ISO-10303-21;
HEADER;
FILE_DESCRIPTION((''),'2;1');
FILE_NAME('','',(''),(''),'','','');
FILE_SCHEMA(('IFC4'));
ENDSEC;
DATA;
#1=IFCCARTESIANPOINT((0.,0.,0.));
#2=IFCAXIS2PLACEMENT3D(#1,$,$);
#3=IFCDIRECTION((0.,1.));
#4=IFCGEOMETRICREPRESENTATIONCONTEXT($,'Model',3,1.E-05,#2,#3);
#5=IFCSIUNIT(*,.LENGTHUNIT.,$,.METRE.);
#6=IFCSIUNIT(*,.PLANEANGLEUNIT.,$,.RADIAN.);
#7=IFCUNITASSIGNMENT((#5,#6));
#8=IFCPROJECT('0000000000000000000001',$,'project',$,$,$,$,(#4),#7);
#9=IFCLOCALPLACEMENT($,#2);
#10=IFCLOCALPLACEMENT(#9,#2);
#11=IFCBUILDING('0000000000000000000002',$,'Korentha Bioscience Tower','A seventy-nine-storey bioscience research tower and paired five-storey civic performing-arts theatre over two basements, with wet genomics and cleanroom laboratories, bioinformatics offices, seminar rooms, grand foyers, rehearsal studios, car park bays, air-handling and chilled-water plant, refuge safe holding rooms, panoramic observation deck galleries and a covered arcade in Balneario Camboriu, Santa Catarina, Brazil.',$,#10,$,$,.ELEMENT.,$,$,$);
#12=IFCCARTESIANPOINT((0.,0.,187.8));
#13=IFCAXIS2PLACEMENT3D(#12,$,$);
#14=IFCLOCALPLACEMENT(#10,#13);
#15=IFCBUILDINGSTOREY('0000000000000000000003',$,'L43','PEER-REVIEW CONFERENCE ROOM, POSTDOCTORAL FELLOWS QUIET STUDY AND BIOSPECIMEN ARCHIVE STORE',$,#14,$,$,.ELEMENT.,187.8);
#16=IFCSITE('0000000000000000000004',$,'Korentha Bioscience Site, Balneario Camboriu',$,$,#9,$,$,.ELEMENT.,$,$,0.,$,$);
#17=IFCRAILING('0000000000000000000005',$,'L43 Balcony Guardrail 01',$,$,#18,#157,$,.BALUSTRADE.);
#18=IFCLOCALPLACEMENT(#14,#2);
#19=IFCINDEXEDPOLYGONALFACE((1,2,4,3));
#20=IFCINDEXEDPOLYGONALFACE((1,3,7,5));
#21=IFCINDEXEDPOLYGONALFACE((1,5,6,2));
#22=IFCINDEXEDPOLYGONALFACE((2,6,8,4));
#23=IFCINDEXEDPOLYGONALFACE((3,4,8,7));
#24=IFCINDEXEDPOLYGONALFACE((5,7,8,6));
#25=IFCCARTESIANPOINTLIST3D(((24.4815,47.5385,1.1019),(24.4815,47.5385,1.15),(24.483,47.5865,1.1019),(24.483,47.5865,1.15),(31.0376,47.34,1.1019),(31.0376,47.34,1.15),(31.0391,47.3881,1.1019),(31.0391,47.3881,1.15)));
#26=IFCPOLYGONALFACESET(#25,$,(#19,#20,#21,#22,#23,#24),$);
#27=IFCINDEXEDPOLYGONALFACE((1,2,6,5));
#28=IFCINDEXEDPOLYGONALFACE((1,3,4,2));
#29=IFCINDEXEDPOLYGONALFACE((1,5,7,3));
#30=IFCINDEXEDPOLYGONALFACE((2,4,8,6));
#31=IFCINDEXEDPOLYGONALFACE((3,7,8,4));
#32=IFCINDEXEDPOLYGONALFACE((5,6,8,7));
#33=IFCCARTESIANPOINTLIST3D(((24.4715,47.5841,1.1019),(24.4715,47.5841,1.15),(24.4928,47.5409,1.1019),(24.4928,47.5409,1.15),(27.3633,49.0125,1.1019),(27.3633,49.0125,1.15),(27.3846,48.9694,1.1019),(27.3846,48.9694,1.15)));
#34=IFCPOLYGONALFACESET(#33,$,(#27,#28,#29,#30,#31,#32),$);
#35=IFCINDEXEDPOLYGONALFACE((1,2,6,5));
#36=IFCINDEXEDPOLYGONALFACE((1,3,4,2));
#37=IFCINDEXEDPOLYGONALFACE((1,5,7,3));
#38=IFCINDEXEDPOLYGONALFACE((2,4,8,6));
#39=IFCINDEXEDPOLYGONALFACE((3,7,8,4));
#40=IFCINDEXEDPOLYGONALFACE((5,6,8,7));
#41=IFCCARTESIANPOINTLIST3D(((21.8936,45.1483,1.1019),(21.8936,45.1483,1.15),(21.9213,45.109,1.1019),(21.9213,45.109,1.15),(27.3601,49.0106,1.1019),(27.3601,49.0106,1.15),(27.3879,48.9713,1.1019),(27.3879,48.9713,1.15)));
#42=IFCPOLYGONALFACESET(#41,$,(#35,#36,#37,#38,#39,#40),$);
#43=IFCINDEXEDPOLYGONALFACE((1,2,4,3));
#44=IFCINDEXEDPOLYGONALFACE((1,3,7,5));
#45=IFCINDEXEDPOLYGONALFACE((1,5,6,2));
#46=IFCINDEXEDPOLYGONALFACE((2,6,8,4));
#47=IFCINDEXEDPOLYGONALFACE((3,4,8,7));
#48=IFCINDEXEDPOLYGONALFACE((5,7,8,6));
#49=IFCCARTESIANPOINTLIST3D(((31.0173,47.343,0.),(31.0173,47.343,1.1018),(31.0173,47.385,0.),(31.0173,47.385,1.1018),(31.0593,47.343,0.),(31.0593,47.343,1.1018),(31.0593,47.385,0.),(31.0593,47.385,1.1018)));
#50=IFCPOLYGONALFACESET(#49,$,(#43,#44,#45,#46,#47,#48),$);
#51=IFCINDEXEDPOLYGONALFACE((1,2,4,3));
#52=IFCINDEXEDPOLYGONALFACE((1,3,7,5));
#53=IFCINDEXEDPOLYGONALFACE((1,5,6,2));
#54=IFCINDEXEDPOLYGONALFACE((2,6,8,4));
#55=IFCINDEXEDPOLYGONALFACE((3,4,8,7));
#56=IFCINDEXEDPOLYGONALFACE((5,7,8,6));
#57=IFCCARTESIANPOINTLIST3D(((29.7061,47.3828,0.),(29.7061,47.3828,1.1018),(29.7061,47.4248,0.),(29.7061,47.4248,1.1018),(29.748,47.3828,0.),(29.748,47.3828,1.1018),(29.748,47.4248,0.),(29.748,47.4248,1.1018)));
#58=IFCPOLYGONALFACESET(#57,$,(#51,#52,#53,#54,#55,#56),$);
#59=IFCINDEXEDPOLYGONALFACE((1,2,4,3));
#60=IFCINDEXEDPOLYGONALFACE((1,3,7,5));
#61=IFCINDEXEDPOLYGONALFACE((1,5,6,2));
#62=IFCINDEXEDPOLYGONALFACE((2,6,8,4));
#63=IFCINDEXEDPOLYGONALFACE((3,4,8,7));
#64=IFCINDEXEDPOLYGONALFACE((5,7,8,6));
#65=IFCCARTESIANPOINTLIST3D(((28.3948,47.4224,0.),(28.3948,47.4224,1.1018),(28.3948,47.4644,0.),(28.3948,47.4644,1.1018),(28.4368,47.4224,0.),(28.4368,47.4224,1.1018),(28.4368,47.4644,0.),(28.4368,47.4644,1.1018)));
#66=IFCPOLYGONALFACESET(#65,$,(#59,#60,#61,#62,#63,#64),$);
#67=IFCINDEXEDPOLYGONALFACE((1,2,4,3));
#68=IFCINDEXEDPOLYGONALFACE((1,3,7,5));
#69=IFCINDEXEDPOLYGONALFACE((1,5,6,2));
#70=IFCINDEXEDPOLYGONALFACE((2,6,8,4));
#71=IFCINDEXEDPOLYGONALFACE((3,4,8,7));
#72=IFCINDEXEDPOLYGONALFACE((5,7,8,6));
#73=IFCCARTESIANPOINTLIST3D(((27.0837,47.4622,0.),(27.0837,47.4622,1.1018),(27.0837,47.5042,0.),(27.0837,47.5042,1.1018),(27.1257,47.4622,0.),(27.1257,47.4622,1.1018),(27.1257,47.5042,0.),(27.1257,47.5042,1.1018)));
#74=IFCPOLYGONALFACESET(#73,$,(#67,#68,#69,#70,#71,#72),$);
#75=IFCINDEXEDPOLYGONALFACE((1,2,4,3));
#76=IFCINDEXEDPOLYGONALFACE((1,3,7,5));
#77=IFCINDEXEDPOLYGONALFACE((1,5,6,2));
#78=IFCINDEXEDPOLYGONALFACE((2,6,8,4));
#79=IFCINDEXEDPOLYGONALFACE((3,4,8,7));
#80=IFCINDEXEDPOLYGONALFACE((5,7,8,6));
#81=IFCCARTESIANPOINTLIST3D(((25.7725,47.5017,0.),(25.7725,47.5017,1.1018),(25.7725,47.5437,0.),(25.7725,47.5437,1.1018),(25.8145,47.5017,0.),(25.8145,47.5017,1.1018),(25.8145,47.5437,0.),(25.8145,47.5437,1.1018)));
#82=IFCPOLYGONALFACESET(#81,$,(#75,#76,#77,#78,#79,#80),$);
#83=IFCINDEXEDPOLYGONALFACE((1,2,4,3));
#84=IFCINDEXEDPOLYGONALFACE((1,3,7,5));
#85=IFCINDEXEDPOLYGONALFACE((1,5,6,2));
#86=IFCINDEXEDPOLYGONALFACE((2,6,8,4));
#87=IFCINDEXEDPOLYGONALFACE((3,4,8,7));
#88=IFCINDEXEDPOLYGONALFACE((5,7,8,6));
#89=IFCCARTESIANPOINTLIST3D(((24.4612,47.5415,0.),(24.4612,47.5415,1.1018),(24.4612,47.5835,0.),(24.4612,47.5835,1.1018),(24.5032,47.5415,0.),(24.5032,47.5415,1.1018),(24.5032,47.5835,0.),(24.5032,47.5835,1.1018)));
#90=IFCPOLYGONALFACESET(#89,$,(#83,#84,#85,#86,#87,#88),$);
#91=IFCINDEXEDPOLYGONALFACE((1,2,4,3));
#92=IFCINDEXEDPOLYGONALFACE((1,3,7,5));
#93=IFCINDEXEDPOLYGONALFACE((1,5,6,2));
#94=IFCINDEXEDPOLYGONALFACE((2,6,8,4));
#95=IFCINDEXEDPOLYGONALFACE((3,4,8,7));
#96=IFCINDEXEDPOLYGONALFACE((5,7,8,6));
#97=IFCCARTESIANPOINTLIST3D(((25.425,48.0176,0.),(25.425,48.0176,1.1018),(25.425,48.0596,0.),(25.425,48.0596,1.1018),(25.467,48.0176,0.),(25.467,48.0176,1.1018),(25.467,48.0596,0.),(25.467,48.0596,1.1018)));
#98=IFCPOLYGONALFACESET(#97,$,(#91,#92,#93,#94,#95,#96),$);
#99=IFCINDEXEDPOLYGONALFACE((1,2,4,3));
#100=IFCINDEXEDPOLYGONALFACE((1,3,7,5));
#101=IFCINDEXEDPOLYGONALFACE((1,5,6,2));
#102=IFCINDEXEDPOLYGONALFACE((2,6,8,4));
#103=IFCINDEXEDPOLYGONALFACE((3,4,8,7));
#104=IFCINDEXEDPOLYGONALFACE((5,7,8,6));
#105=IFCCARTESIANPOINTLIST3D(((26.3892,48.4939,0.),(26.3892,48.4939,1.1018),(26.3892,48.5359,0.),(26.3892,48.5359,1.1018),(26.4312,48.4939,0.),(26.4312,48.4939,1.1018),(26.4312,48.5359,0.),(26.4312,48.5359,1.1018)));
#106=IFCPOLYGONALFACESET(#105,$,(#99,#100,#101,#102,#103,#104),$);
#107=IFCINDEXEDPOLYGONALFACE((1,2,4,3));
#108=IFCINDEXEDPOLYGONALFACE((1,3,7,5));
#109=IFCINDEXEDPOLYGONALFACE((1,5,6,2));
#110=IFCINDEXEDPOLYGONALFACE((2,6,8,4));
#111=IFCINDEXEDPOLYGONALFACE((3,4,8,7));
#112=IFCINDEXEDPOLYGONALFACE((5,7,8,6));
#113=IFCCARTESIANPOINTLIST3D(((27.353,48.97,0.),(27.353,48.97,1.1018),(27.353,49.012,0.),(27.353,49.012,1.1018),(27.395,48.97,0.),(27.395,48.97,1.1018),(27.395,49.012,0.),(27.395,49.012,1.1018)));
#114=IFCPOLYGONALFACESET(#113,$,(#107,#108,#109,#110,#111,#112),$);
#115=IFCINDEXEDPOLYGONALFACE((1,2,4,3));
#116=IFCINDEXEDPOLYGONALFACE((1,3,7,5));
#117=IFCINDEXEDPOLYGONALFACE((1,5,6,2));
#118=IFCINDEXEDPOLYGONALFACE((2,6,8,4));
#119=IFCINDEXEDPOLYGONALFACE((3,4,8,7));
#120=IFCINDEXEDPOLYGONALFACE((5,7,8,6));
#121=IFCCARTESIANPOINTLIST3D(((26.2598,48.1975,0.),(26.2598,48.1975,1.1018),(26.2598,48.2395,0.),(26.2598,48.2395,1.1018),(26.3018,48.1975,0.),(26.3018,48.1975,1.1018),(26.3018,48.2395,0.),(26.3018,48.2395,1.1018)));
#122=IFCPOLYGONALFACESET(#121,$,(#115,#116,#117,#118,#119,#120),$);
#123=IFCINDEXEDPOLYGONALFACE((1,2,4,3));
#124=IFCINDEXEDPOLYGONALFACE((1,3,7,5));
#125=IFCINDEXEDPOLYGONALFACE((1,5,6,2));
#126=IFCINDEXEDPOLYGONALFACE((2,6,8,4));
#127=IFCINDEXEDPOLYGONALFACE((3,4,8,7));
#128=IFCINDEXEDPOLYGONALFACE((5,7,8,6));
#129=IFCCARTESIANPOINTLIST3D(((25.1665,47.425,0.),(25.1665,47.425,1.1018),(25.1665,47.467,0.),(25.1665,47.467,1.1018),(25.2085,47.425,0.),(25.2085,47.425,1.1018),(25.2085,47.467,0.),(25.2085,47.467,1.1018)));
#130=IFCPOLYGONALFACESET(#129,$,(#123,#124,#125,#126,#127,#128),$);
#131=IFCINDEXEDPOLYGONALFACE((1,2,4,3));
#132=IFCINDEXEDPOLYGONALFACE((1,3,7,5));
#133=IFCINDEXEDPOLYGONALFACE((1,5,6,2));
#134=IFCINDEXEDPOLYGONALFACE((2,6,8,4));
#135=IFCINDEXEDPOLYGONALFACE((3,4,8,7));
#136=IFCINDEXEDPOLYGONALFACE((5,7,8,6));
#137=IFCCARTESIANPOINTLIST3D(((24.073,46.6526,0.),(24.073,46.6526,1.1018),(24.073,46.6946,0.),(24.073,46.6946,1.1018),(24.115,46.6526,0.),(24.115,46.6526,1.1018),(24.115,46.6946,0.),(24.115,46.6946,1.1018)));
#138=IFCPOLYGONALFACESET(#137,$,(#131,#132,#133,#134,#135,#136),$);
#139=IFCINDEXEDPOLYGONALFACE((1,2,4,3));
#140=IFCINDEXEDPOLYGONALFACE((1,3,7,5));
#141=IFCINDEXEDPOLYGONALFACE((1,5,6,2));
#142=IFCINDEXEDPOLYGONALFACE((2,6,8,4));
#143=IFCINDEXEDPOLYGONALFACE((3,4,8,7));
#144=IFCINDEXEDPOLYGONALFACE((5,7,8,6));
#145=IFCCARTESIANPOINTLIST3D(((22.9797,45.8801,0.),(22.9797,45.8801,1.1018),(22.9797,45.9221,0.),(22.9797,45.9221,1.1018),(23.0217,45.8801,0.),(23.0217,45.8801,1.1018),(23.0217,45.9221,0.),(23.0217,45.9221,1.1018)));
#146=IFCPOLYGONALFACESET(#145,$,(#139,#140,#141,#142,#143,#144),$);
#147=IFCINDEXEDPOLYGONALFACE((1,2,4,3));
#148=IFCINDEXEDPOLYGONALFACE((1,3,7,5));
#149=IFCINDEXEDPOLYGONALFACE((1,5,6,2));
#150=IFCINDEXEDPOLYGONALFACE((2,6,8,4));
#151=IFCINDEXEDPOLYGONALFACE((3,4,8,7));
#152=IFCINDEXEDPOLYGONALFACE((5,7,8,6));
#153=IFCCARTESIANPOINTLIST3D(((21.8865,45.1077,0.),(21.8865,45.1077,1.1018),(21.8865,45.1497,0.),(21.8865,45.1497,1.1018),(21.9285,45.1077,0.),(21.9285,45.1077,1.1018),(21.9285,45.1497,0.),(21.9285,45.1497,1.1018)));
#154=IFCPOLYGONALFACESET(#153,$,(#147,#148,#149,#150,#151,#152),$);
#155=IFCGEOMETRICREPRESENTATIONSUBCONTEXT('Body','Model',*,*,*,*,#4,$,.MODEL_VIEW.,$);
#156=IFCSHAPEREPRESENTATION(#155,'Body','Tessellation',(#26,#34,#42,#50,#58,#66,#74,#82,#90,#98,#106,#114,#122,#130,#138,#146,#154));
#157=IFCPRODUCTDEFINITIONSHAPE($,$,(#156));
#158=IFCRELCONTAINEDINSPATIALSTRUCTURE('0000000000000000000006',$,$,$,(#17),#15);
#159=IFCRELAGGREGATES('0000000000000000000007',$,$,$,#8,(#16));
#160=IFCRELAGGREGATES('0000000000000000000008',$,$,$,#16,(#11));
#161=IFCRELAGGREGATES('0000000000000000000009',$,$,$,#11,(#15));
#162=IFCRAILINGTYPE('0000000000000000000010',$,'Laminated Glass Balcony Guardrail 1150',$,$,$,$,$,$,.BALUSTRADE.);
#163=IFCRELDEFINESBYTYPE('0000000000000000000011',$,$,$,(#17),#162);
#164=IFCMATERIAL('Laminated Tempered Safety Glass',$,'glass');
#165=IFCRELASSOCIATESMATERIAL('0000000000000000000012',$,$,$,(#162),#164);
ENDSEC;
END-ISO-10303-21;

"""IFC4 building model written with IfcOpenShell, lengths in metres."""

from ifc_helpers import new_model, si_unit, direction, frame, origin, origin_2d, place, context, subcontext, project, spatial, rectangle, extrude, material, type_object, element, save


model = new_model("IFC4")

# Units and contexts
model_context = context("Model", 3, precision=1e-05, world=origin(), true_north=direction((0.0, 1.0)))
body_context = subcontext(model_context, "Body", "Model", "MODEL_VIEW")
ifc_project = project(units=[si_unit("LENGTHUNIT", "METRE"), si_unit("PLANEANGLEUNIT", "RADIAN")], contexts=[model_context])

# Site, building, storey
site_placement = place(None, origin())
site = spatial("IfcSite", under=ifc_project, at=site_placement, Name="Korentha Bioscience Site, Balneario Camboriu", CompositionType="ELEMENT", RefElevation=0.0)
building_placement = place(site_placement, origin())
building = spatial("IfcBuilding", under=site, at=building_placement, Name="Korentha Bioscience Tower", Description="A seventy-nine-storey bioscience research tower and paired five-storey civic performing-arts theatre over two basements, with wet genomics and cleanroom laboratories, bioinformatics offices, seminar rooms, grand foyers, rehearsal studios, car park bays, air-handling and chilled-water plant, refuge safe holding rooms, panoramic observation deck galleries and a covered arcade in Balneario Camboriu, Santa Catarina, Brazil.", CompositionType="ELEMENT")
storey_placement = place(building_placement, frame((0.0, 0.0, 187.8)))
storey = spatial("IfcBuildingStorey", under=building, at=storey_placement, Name="L43", Description="PEER-REVIEW CONFERENCE ROOM, POSTDOCTORAL FELLOWS QUIET STUDY AND BIOSPECIMEN ARCHIVE STORE", CompositionType="ELEMENT", Elevation=187.8)

# Railing
ifc_material_1 = material(Name="Laminated Tempered Safety Glass", Category="glass")
railing_type = type_object("IfcRailingType", Name="Laminated Glass Balcony Guardrail 1150", PredefinedType="BALUSTRADE", material=ifc_material_1)
railing_placement = place(storey_placement, frame((31.0383, 47.364, 0.0)))
element("IfcRailing", 1, at=railing_placement, inside=storey, type_object=railing_type, Name="L43 Balcony Guardrail 01", PredefinedType="BALUSTRADE", context=body_context, shape_type="SweptSolid", body=[
    extrude(rectangle(XDim=0.0481, YDim=0.0481, at=origin_2d()), frame((0.0, 0.0, 1.126), z_axis=(-0.999542, 0.030261, 0.0), x_axis=(-0.030261, -0.999542, 0.0)), (0.0, 0.0, 1.0), 6.5591),
    extrude(rectangle(XDim=0.0481, YDim=0.0481, at=origin_2d()), frame((-6.5562, 0.1985, 1.126), z_axis=(0.896582, 0.442879, 0.0), x_axis=(-0.442879, 0.896582, 0.0)), (0.0, 0.0, 1.0), 3.2253),
    extrude(rectangle(XDim=0.0481, YDim=0.0481, at=origin_2d()), frame((-3.6643, 1.627, 1.126), z_axis=(-0.816717, -0.577038, 0.0), x_axis=(0.577038, -0.816717, 0.0)), (0.0, 0.0, 1.0), 6.6934),
    extrude(rectangle(XDim=0.042, YDim=0.042, at=origin_2d()), origin(), (0.0, 0.0, 1.0), 1.1018),
    extrude(rectangle(XDim=0.042, YDim=0.042, at=origin_2d()), frame((-1.3113, 0.0398, 0.0)), (0.0, 0.0, 1.0), 1.1018),
    extrude(rectangle(XDim=0.042, YDim=0.042, at=origin_2d()), frame((-2.6226, 0.0793, 0.0)), (0.0, 0.0, 1.0), 1.1018),
    extrude(rectangle(XDim=0.042, YDim=0.042, at=origin_2d()), frame((-3.9336, 0.1191, 0.0)), (0.0, 0.0, 1.0), 1.1018),
    extrude(rectangle(XDim=0.042, YDim=0.042, at=origin_2d()), frame((-5.2449, 0.1587, 0.0)), (0.0, 0.0, 1.0), 1.1018),
    extrude(rectangle(XDim=0.042, YDim=0.042, at=origin_2d()), frame((-6.5562, 0.1985, 0.0)), (0.0, 0.0, 1.0), 1.1018),
    extrude(rectangle(XDim=0.042, YDim=0.042, at=origin_2d()), frame((-5.5923, 0.6746, 0.0)), (0.0, 0.0, 1.0), 1.1018),
    extrude(rectangle(XDim=0.042, YDim=0.042, at=origin_2d()), frame((-4.6282, 1.1509, 0.0)), (0.0, 0.0, 1.0), 1.1018),
    extrude(rectangle(XDim=0.042, YDim=0.042, at=origin_2d()), frame((-3.6643, 1.627, 0.0)), (0.0, 0.0, 1.0), 1.1018),
    extrude(rectangle(XDim=0.042, YDim=0.042, at=origin_2d()), frame((-4.7576, 0.8545, 0.0)), (0.0, 0.0, 1.0), 1.1018),
    extrude(rectangle(XDim=0.042, YDim=0.042, at=origin_2d()), frame((-5.8508, 0.082, 0.0)), (0.0, 0.0, 1.0), 1.1018),
    extrude(rectangle(XDim=0.042, YDim=0.042, at=origin_2d()), frame((-6.9443, -0.6904, 0.0)), (0.0, 0.0, 1.0), 1.1018),
    extrude(rectangle(XDim=0.042, YDim=0.042, at=origin_2d()), frame((-8.0376, -1.4629, 0.0)), (0.0, 0.0, 1.0), 1.1018),
    extrude(rectangle(XDim=0.042, YDim=0.042, at=origin_2d()), frame((-9.1309, -2.2354, 0.0)), (0.0, 0.0, 1.0), 1.1018),
])

save(model, "model.ifc")
